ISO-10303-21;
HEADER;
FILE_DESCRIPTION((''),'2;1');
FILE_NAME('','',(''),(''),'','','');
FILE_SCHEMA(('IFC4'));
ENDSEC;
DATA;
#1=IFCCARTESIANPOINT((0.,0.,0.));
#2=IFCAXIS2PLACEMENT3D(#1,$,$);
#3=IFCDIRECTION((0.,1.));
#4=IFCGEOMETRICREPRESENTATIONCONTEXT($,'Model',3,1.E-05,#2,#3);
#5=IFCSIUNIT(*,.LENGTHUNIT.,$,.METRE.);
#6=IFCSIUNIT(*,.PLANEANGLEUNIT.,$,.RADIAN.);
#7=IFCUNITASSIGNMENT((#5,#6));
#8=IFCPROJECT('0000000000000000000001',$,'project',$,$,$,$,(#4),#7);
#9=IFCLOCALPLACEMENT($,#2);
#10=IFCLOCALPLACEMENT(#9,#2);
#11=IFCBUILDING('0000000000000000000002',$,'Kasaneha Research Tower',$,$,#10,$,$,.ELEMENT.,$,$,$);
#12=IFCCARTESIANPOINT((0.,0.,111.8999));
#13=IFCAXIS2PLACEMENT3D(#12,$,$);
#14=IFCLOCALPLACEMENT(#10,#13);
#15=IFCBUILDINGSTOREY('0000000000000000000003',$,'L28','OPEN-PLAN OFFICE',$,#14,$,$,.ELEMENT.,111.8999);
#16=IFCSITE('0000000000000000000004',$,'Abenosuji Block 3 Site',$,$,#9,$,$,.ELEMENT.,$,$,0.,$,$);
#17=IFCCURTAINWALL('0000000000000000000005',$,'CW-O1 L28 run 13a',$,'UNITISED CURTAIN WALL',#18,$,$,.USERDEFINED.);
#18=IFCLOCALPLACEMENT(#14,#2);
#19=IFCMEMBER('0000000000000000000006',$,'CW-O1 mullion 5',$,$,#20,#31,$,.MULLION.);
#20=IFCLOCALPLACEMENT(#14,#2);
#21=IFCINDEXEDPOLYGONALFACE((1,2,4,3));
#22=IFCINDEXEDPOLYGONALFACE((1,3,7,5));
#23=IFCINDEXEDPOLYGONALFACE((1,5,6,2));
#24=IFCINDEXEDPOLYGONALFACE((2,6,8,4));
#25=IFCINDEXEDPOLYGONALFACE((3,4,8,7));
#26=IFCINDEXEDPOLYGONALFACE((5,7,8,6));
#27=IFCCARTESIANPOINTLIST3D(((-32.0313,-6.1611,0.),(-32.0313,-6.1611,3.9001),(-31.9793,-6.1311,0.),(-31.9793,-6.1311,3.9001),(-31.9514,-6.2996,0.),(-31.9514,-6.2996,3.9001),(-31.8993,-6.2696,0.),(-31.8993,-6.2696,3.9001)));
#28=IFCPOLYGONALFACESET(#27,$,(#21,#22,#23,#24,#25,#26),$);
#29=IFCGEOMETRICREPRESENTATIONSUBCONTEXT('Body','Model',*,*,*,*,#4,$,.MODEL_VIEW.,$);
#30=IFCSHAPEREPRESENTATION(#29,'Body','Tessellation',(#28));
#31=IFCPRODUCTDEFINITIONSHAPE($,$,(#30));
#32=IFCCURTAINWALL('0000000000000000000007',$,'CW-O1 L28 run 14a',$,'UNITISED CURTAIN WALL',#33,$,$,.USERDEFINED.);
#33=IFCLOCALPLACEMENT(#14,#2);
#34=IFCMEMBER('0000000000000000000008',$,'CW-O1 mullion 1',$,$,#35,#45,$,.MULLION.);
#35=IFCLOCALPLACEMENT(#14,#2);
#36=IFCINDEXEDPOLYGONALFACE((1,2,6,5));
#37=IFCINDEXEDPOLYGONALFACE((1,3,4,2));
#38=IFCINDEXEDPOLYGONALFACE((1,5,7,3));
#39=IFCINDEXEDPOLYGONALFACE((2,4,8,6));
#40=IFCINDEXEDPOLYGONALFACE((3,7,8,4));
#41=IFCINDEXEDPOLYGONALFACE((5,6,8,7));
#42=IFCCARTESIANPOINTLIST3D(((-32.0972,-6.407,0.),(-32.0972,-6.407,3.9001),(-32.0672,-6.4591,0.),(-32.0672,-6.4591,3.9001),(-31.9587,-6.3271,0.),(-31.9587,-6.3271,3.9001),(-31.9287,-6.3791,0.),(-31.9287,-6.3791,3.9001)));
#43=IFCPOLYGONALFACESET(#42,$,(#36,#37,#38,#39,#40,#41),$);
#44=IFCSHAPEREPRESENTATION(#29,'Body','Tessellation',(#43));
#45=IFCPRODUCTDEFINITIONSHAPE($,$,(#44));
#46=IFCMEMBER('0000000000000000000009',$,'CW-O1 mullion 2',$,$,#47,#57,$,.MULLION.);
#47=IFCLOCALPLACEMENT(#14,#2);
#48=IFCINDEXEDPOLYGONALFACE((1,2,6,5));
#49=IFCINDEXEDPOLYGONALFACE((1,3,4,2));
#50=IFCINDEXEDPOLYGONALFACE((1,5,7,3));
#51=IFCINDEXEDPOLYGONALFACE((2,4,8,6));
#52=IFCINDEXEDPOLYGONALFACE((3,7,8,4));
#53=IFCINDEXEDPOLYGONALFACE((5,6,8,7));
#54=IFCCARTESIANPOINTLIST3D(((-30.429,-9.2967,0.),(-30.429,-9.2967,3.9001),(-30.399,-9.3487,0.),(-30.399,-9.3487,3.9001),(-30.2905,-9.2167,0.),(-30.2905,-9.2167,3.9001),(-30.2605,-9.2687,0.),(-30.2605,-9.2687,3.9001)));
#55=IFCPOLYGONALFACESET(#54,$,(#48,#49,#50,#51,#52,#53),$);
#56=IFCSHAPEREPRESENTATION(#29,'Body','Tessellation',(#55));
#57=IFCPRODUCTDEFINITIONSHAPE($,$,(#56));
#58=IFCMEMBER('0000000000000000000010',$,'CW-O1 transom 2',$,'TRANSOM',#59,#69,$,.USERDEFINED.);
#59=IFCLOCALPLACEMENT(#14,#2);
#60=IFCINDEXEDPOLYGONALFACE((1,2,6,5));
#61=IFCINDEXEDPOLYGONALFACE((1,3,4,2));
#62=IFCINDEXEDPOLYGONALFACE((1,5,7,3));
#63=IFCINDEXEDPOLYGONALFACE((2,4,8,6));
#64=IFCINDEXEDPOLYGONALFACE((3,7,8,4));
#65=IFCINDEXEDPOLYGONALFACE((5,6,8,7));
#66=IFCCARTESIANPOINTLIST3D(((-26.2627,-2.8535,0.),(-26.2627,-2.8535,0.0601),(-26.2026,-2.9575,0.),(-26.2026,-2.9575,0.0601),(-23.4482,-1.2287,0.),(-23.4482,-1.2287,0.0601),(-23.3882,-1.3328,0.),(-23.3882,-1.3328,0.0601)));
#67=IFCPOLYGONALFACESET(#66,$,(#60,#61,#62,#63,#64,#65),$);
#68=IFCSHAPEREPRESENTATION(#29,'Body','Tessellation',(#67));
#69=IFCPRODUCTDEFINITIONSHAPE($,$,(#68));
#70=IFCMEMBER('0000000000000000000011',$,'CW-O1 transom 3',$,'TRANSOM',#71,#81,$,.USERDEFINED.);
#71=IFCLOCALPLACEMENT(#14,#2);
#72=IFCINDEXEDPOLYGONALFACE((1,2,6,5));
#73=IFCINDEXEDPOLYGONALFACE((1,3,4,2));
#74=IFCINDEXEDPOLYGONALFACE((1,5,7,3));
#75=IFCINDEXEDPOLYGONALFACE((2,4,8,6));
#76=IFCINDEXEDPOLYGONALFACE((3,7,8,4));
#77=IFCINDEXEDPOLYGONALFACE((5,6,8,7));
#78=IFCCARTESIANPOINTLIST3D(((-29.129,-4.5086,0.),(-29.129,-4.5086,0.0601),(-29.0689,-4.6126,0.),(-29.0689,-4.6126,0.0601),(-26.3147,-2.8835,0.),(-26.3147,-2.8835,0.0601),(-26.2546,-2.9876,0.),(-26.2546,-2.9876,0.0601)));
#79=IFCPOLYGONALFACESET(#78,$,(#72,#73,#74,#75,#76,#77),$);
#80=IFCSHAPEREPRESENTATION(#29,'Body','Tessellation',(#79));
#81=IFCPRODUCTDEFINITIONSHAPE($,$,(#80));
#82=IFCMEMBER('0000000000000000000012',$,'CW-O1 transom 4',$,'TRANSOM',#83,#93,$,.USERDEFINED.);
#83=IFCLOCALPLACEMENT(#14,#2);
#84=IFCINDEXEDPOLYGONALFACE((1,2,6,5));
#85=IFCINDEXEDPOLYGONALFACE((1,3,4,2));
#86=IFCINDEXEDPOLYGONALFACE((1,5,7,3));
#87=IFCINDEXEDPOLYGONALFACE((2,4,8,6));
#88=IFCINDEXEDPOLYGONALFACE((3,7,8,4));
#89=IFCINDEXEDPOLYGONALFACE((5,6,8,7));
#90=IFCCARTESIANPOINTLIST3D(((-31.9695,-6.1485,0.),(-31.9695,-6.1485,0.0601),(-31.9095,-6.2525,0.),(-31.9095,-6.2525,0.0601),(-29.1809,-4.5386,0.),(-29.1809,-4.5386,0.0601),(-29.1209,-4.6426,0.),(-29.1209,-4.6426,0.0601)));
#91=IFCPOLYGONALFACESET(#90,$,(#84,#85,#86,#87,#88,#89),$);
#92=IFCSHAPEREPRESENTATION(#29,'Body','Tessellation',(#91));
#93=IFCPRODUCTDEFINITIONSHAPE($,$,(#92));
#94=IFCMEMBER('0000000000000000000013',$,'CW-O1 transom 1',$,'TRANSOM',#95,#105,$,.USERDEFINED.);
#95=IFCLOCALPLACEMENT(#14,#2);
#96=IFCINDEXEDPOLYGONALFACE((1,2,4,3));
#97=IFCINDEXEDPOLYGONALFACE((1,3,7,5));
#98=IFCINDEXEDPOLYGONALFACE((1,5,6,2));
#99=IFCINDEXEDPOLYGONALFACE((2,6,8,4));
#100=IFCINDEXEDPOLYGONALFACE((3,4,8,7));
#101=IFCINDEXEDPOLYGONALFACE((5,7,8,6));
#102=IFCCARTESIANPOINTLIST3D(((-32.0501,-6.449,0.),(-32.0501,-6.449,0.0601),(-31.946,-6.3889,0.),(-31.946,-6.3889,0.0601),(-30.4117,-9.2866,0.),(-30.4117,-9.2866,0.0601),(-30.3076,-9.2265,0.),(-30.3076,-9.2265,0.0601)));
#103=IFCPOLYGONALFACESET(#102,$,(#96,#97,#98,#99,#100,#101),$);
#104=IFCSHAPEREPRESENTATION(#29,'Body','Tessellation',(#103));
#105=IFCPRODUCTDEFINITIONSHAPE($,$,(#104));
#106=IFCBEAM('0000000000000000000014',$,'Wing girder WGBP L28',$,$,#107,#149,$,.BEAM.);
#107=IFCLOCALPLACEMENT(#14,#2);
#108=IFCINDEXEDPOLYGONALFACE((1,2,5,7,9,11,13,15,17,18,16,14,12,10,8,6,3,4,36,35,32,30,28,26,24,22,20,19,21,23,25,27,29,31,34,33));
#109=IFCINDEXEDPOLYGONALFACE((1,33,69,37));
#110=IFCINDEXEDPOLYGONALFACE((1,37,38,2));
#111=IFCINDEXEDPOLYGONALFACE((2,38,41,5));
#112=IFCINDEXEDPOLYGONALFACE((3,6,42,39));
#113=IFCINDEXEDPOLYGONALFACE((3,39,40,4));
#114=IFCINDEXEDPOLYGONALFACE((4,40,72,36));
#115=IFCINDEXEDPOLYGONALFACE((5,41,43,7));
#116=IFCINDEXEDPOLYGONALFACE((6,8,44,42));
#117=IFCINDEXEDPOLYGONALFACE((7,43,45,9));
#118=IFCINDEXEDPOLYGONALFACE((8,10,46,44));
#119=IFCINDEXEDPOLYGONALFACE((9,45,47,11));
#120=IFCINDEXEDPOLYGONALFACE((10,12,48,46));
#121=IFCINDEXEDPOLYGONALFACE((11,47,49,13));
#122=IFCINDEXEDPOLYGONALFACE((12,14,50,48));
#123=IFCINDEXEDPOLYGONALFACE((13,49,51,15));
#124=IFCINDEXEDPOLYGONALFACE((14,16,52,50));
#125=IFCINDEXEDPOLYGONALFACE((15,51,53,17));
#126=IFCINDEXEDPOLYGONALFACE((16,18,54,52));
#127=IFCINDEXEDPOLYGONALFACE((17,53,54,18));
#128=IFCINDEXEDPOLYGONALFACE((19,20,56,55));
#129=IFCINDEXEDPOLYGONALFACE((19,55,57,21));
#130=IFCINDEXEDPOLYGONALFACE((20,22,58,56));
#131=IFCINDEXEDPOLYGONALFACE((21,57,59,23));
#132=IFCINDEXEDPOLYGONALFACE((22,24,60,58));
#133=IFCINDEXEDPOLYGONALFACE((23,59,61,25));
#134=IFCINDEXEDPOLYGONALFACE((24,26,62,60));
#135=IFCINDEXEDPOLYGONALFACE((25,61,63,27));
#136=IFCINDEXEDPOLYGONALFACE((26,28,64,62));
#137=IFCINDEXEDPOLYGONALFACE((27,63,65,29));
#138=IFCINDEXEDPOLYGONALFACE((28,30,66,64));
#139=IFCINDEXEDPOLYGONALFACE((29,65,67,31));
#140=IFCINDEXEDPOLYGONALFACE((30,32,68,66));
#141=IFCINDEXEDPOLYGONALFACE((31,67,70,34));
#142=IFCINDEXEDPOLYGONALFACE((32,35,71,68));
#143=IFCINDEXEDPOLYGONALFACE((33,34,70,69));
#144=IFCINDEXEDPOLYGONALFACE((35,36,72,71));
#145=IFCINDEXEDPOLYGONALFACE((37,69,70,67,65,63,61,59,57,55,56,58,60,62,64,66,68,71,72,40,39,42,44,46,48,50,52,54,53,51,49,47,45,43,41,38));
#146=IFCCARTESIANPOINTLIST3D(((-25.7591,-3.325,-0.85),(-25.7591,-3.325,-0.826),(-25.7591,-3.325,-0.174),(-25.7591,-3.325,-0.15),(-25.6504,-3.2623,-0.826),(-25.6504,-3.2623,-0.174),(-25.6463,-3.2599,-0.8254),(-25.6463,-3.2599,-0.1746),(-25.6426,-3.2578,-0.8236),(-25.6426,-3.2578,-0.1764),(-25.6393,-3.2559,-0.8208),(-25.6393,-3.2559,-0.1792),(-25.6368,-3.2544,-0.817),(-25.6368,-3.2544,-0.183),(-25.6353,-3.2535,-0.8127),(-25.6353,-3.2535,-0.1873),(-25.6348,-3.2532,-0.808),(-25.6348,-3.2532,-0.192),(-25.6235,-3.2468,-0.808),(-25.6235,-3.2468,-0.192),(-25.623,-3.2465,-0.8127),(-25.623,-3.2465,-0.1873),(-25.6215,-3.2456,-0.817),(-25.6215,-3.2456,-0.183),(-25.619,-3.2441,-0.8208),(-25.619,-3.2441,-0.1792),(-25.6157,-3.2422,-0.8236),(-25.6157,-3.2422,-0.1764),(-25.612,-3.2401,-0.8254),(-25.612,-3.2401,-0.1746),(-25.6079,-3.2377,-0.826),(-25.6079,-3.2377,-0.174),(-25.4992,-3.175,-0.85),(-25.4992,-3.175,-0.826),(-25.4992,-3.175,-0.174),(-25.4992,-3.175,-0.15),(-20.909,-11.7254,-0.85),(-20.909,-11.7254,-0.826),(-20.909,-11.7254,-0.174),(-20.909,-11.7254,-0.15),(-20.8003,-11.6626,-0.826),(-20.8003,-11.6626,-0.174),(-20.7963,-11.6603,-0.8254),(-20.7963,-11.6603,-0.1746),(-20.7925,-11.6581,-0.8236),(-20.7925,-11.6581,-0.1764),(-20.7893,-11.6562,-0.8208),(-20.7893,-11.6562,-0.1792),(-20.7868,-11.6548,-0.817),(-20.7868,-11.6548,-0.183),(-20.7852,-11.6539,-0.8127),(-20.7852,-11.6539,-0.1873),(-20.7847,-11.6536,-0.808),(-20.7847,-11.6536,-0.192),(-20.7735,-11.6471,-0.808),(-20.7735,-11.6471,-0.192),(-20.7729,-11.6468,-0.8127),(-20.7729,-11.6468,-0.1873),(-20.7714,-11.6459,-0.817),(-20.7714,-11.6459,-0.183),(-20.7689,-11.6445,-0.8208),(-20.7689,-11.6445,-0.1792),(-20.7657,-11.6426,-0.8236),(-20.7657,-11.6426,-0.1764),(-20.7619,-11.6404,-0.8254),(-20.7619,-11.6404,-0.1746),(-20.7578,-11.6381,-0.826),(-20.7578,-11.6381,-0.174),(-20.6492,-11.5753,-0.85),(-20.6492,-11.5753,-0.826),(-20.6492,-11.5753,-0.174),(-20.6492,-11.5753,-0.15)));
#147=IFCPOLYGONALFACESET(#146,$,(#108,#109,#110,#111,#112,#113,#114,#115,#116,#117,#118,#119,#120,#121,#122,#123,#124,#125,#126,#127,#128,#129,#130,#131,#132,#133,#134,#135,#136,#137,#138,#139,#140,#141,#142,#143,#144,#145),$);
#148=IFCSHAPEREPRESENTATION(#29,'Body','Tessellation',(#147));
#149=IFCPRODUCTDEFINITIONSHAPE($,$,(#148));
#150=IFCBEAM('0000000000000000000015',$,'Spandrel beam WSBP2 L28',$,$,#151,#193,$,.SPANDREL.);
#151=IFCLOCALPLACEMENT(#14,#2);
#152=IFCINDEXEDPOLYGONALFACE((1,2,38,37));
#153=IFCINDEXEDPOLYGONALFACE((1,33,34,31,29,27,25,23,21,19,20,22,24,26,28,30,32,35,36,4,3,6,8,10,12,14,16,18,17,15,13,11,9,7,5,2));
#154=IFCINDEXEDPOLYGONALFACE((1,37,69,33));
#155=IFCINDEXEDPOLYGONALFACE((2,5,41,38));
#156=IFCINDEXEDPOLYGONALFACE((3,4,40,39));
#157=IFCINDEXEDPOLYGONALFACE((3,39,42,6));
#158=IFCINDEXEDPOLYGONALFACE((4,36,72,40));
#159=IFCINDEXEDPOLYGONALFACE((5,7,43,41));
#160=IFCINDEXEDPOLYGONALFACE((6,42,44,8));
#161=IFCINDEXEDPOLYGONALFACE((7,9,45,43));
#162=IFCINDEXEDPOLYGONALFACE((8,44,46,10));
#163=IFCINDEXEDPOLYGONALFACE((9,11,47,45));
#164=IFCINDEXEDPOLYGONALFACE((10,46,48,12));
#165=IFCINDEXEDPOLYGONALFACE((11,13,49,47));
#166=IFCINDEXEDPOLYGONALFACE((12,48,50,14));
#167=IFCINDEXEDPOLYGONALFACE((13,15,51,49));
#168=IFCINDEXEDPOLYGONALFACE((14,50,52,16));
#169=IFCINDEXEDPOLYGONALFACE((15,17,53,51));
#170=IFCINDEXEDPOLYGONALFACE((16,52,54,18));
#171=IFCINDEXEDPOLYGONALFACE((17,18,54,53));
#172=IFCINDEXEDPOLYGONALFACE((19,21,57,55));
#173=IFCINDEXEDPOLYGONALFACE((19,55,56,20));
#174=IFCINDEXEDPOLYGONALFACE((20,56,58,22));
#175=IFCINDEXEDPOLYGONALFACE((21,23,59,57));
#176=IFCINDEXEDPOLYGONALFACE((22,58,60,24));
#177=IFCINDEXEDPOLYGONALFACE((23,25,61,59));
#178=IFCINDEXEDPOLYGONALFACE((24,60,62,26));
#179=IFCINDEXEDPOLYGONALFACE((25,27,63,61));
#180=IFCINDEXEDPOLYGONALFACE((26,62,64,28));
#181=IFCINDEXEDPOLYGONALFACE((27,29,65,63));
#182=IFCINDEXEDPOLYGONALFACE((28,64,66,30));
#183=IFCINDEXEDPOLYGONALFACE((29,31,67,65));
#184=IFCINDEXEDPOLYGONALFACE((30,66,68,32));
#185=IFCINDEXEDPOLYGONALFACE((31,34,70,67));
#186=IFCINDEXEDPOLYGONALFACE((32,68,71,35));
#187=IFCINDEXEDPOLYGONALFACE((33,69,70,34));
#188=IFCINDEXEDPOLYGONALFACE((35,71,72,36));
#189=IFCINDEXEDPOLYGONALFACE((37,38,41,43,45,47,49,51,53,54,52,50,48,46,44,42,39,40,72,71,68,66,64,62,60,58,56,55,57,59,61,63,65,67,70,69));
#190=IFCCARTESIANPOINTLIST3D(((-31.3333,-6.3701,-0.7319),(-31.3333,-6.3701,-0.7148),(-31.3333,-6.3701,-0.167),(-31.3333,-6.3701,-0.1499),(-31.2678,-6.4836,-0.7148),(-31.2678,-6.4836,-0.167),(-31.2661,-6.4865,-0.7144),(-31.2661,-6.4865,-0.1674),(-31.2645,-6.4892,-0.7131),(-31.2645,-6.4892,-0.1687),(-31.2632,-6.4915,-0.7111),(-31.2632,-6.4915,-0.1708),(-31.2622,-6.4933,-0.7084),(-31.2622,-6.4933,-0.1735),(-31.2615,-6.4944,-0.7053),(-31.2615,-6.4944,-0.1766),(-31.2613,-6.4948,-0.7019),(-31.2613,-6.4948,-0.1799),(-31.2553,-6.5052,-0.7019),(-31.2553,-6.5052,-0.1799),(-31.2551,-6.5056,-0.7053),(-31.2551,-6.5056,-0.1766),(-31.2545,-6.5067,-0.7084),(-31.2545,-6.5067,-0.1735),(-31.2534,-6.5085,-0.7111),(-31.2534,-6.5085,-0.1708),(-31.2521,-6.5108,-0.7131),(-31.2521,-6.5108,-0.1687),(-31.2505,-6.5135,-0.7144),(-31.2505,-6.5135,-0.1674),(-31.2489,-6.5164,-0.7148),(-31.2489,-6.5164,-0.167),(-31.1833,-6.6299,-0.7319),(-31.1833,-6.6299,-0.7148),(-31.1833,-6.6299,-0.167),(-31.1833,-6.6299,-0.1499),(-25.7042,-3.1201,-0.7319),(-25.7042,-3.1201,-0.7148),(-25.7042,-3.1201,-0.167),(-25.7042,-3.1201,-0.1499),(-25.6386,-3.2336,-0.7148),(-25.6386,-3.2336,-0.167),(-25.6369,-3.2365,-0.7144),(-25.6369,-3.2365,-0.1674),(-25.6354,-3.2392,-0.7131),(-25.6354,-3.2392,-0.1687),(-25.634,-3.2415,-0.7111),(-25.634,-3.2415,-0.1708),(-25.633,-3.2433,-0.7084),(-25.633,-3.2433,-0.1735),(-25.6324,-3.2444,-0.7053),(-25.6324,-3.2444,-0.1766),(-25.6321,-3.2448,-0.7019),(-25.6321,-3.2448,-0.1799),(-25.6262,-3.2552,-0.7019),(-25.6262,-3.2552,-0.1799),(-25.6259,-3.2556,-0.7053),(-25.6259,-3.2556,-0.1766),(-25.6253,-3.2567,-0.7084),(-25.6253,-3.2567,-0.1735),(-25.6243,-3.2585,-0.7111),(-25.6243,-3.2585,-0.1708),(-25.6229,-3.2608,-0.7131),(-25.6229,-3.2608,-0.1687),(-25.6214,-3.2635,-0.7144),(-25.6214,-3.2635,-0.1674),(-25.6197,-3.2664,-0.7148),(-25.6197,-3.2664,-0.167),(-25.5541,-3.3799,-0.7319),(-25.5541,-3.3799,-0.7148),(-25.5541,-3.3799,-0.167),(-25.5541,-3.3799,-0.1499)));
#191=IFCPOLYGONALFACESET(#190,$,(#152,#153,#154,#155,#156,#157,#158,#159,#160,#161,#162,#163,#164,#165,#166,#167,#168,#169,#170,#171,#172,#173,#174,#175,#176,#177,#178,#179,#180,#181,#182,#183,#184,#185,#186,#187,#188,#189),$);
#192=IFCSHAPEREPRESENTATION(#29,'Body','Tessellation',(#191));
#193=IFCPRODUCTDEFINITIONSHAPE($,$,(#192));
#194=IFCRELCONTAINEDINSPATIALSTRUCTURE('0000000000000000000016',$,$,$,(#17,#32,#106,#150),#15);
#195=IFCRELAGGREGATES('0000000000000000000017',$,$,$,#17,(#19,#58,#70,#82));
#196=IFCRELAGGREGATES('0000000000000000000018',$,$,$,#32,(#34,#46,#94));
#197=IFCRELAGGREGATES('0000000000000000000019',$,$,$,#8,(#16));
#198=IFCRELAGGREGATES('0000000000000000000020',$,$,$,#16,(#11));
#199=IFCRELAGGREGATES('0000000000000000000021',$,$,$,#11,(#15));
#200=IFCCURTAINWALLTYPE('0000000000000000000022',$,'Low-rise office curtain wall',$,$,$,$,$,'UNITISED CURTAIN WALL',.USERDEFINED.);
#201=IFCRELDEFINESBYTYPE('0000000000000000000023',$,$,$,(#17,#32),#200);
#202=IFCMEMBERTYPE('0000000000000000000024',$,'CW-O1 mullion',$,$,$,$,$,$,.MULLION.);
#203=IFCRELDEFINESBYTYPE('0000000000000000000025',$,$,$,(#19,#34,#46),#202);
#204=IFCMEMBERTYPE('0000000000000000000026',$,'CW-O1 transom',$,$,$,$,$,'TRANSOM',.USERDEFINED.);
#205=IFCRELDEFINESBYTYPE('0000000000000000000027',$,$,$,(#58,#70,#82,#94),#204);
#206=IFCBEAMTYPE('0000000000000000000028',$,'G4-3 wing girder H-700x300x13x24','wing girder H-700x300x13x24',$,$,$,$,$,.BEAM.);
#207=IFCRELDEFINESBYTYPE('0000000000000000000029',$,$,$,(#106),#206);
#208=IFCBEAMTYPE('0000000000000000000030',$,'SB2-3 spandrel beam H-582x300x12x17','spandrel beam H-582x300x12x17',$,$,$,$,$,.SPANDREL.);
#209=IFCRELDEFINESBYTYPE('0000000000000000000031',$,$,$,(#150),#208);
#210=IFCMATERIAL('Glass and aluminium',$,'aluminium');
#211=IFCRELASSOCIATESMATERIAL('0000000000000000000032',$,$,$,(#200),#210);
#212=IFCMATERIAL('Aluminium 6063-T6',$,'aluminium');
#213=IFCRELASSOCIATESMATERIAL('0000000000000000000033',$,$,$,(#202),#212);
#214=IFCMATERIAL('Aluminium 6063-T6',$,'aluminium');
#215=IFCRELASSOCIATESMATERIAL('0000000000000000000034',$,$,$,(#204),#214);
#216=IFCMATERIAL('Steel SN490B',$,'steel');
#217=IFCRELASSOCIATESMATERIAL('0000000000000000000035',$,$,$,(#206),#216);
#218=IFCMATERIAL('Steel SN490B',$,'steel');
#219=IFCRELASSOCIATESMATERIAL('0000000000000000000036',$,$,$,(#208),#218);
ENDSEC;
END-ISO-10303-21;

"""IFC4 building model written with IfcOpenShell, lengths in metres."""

from ifc_helpers import new_model, si_unit, direction, frame, origin, origin_2d, place, context, subcontext, project, spatial, rectangle, i_section, extrude, material, material_profile, profile_set, type_object, element, aggregate, save


model = new_model("IFC4")

# Units and contexts
model_context = context("Model", 3, precision=1e-05, world=origin(), true_north=direction((0.0, 1.0)))
body_context = subcontext(model_context, "Body", "Model", "MODEL_VIEW")
ifc_project = project(units=[si_unit("LENGTHUNIT", "METRE"), si_unit("PLANEANGLEUNIT", "RADIAN")], contexts=[model_context])

# Site, building, storey
site_placement = place(None, origin())
site = spatial("IfcSite", under=ifc_project, at=site_placement, Name="Abenosuji Block 3 Site", CompositionType="ELEMENT", RefElevation=0.0)
building_placement = place(site_placement, origin())
building = spatial("IfcBuilding", under=site, at=building_placement, Name="Kasaneha Research Tower", CompositionType="ELEMENT")
storey_placement = place(building_placement, frame((0.0, 0.0, 111.8999)))
storey = spatial("IfcBuildingStorey", under=building, at=storey_placement, Name="L28", Description="OPEN-PLAN OFFICE", CompositionType="ELEMENT", Elevation=111.8999)

# Curtain walls, members
ifc_material_1 = material(Name="Glass and aluminium", Category="aluminium")
curtain_wall_type = type_object("IfcCurtainWallType", Name="Low-rise office curtain wall", ElementType="UNITISED CURTAIN WALL", PredefinedType="USERDEFINED", material=ifc_material_1)
curtain_wall_1_placement = place(storey_placement, origin())
curtain_wall_1 = element("IfcCurtainWall", 1, at=curtain_wall_1_placement, inside=storey, type_object=curtain_wall_type, Name="CW-O1 L28 run 13a", ObjectType="UNITISED CURTAIN WALL", PredefinedType="USERDEFINED")
ifc_material_2 = material(Name="Aluminium 6063-T6", Category="aluminium")
ifc_material_profile_1 = material_profile(ifc_material_2, rectangle(XDim=0.0601, YDim=0.1599, at=origin_2d()), Name="CW-O1 mullion 60x160")
ifc_profile_set_1 = profile_set([ifc_material_profile_1], Name="Aluminium 6063-T6")
member_type_1 = type_object("IfcMemberType", Name="CW-O1 mullion", PredefinedType="MULLION", material=ifc_profile_set_1)
member_1_placement = place(storey_placement, frame((-31.9653, -6.2153, 0.0), z_axis=(0.0, 0.0, 1.0), x_axis=(-0.866025, -0.5, 0.0)))
member_1 = element("IfcMember", 2, at=member_1_placement, type_object=member_type_1, Name="CW-O1 mullion 5", PredefinedType="MULLION", context=body_context, shape_type="SweptSolid", body=[
    extrude(rectangle(XDim=0.0601, YDim=0.1599, at=origin_2d()), origin(), (0.0, 0.0, 1.0), 3.9001),
])
curtain_wall_2_placement = place(storey_placement, origin())
curtain_wall_2 = element("IfcCurtainWall", 3, at=curtain_wall_2_placement, inside=storey, type_object=curtain_wall_type, Name="CW-O1 L28 run 14a", ObjectType="UNITISED CURTAIN WALL", PredefinedType="USERDEFINED")
member_2_placement = place(storey_placement, frame((-32.0129, -6.3931, 0.0), z_axis=(0.0, 0.0, 1.0), x_axis=(0.5, -0.866025, 0.0)))
member_2 = element("IfcMember", 4, at=member_2_placement, type_object=member_type_1, Name="CW-O1 mullion 1", PredefinedType="MULLION", context=body_context, shape_type="SweptSolid", body=[
    extrude(rectangle(XDim=0.0601, YDim=0.1599, at=origin_2d()), origin(), (0.0, 0.0, 1.0), 3.9001),
])
member_3_placement = place(storey_placement, frame((-30.3447, -9.2827, 0.0), z_axis=(0.0, 0.0, 1.0), x_axis=(0.5, -0.866025, 0.0)))
member_3 = element("IfcMember", 5, at=member_3_placement, type_object=member_type_1, Name="CW-O1 mullion 2", PredefinedType="MULLION", context=body_context, shape_type="SweptSolid", body=[
    extrude(rectangle(XDim=0.0601, YDim=0.1599, at=origin_2d()), origin(), (0.0, 0.0, 1.0), 3.9001),
])

# Members
ifc_material_3 = material(Name="Aluminium 6063-T6", Category="aluminium")
ifc_material_profile_2 = material_profile(ifc_material_3, rectangle(XDim=0.1201, YDim=0.0601, at=origin_2d()), Name="CW-O1 transom 120x60")
ifc_profile_set_2 = profile_set([ifc_material_profile_2], Name="Aluminium 6063-T6")
member_type_2 = type_object("IfcMemberType", Name="CW-O1 transom", ElementType="TRANSOM", PredefinedType="USERDEFINED", material=ifc_profile_set_2)
member_4_placement = place(storey_placement, frame((-23.4182, -1.2808, 0.03), z_axis=(-0.866048, -0.499961, 0.0), x_axis=(0.499961, -0.866048, 0.0)))
member_4 = element("IfcMember", 6, at=member_4_placement, type_object=member_type_2, Name="CW-O1 transom 2", ObjectType="TRANSOM", PredefinedType="USERDEFINED", context=body_context, shape_type="SweptSolid", body=[
    extrude(rectangle(XDim=0.1201, YDim=0.0601, at=origin_2d()), origin(), (0.0, 0.0, 1.0), 3.2498),
])
member_5_placement = place(storey_placement, frame((-26.2847, -2.9355, 0.03), z_axis=(-0.865997, -0.50005, 0.0), x_axis=(0.50005, -0.865997, 0.0)))
member_5 = element("IfcMember", 7, at=member_5_placement, type_object=member_type_2, Name="CW-O1 transom 3", ObjectType="TRANSOM", PredefinedType="USERDEFINED", context=body_context, shape_type="SweptSolid", body=[
    extrude(rectangle(XDim=0.1201, YDim=0.0601, at=origin_2d()), origin(), (0.0, 0.0, 1.0), 3.2498),
])
member_6_placement = place(storey_placement, frame((-29.1509, -4.5906, 0.03), z_axis=(-0.866042, -0.499972, 0.0), x_axis=(0.499972, -0.866042, 0.0)))
member_6 = element("IfcMember", 8, at=member_6_placement, type_object=member_type_2, Name="CW-O1 transom 4", ObjectType="TRANSOM", PredefinedType="USERDEFINED", context=body_context, shape_type="SweptSolid", body=[
    extrude(rectangle(XDim=0.1201, YDim=0.0601, at=origin_2d()), origin(), (0.0, 0.0, 1.0), 3.22),
])
member_7_placement = place(storey_placement, frame((-31.998, -6.4189, 0.03), z_axis=(0.500026, -0.866011, 0.0), x_axis=(0.866011, 0.500026, 0.0)))
member_7 = element("IfcMember", 9, at=member_7_placement, type_object=member_type_2, Name="CW-O1 transom 1", ObjectType="TRANSOM", PredefinedType="USERDEFINED", context=body_context, shape_type="SweptSolid", body=[
    extrude(rectangle(XDim=0.1201, YDim=0.0601, at=origin_2d()), origin(), (0.0, 0.0, 1.0), 3.2766),
])

# Beams
ifc_material_4 = material(Name="Steel SN490B", Category="steel")
ifc_material_profile_3 = material_profile(ifc_material_4, i_section(OverallWidth=0.3, OverallDepth=0.7, WebThickness=0.0129, FlangeThickness=0.0239, FilletRadius=0.0181, at=origin_2d()), Name="H-700x300x13x24")
ifc_profile_set_3 = profile_set([ifc_material_profile_3], Name="Steel SN490B")
beam_type_1 = type_object("IfcBeamType", Name="G4-3 wing girder H-700x300x13x24", Description="wing girder H-700x300x13x24", PredefinedType="BEAM", material=ifc_profile_set_3)
beam_1_placement = place(storey_placement, frame((-25.6292, -3.25, -0.5), z_axis=(0.50001, -0.86602, 0.0), x_axis=(0.86602, 0.50001, 0.0)))
element("IfcBeam", 10, at=beam_1_placement, inside=storey, type_object=beam_type_1, Name="Wing girder WGBP L28", PredefinedType="BEAM", context=body_context, shape_type="SweptSolid", body=[
    extrude(i_section(OverallWidth=0.3, OverallDepth=0.7, WebThickness=0.0129, FlangeThickness=0.0239, FilletRadius=0.0181, at=origin_2d()), origin(), (0.0, 0.0, 1.0), 9.7),
])
ifc_material_5 = material(Name="Steel SN490B", Category="steel")
ifc_material_profile_4 = material_profile(ifc_material_5, i_section(OverallWidth=0.3, OverallDepth=0.582, WebThickness=0.012, FlangeThickness=0.0171, FilletRadius=0.0129, at=origin_2d()), Name="H-582x300x12x17")
ifc_profile_set_4 = profile_set([ifc_material_profile_4], Name="Steel SN490B")
beam_type_2 = type_object("IfcBeamType", Name="SB2-3 spandrel beam H-582x300x12x17", Description="spandrel beam H-582x300x12x17", PredefinedType="SPANDREL", material=ifc_profile_set_4)
beam_2_placement = place(storey_placement, frame((-25.6292, -3.25, -0.4409), z_axis=(-0.866025, -0.500001, 0.0), x_axis=(0.500001, -0.866025, 0.0)))
element("IfcBeam", 11, at=beam_2_placement, inside=storey, type_object=beam_type_2, Name="Spandrel beam WSBP2 L28", PredefinedType="SPANDREL", context=body_context, shape_type="SweptSolid", body=[
    extrude(i_section(OverallWidth=0.3, OverallDepth=0.582, WebThickness=0.012, FlangeThickness=0.0171, FilletRadius=0.0129, at=origin_2d()), origin(), (0.0, 0.0, 1.0), 6.5),
])

aggregate(curtain_wall_1, [member_1, member_4, member_5, member_6])
aggregate(curtain_wall_2, [member_2, member_3, member_7])

save(model, "model.ifc")
